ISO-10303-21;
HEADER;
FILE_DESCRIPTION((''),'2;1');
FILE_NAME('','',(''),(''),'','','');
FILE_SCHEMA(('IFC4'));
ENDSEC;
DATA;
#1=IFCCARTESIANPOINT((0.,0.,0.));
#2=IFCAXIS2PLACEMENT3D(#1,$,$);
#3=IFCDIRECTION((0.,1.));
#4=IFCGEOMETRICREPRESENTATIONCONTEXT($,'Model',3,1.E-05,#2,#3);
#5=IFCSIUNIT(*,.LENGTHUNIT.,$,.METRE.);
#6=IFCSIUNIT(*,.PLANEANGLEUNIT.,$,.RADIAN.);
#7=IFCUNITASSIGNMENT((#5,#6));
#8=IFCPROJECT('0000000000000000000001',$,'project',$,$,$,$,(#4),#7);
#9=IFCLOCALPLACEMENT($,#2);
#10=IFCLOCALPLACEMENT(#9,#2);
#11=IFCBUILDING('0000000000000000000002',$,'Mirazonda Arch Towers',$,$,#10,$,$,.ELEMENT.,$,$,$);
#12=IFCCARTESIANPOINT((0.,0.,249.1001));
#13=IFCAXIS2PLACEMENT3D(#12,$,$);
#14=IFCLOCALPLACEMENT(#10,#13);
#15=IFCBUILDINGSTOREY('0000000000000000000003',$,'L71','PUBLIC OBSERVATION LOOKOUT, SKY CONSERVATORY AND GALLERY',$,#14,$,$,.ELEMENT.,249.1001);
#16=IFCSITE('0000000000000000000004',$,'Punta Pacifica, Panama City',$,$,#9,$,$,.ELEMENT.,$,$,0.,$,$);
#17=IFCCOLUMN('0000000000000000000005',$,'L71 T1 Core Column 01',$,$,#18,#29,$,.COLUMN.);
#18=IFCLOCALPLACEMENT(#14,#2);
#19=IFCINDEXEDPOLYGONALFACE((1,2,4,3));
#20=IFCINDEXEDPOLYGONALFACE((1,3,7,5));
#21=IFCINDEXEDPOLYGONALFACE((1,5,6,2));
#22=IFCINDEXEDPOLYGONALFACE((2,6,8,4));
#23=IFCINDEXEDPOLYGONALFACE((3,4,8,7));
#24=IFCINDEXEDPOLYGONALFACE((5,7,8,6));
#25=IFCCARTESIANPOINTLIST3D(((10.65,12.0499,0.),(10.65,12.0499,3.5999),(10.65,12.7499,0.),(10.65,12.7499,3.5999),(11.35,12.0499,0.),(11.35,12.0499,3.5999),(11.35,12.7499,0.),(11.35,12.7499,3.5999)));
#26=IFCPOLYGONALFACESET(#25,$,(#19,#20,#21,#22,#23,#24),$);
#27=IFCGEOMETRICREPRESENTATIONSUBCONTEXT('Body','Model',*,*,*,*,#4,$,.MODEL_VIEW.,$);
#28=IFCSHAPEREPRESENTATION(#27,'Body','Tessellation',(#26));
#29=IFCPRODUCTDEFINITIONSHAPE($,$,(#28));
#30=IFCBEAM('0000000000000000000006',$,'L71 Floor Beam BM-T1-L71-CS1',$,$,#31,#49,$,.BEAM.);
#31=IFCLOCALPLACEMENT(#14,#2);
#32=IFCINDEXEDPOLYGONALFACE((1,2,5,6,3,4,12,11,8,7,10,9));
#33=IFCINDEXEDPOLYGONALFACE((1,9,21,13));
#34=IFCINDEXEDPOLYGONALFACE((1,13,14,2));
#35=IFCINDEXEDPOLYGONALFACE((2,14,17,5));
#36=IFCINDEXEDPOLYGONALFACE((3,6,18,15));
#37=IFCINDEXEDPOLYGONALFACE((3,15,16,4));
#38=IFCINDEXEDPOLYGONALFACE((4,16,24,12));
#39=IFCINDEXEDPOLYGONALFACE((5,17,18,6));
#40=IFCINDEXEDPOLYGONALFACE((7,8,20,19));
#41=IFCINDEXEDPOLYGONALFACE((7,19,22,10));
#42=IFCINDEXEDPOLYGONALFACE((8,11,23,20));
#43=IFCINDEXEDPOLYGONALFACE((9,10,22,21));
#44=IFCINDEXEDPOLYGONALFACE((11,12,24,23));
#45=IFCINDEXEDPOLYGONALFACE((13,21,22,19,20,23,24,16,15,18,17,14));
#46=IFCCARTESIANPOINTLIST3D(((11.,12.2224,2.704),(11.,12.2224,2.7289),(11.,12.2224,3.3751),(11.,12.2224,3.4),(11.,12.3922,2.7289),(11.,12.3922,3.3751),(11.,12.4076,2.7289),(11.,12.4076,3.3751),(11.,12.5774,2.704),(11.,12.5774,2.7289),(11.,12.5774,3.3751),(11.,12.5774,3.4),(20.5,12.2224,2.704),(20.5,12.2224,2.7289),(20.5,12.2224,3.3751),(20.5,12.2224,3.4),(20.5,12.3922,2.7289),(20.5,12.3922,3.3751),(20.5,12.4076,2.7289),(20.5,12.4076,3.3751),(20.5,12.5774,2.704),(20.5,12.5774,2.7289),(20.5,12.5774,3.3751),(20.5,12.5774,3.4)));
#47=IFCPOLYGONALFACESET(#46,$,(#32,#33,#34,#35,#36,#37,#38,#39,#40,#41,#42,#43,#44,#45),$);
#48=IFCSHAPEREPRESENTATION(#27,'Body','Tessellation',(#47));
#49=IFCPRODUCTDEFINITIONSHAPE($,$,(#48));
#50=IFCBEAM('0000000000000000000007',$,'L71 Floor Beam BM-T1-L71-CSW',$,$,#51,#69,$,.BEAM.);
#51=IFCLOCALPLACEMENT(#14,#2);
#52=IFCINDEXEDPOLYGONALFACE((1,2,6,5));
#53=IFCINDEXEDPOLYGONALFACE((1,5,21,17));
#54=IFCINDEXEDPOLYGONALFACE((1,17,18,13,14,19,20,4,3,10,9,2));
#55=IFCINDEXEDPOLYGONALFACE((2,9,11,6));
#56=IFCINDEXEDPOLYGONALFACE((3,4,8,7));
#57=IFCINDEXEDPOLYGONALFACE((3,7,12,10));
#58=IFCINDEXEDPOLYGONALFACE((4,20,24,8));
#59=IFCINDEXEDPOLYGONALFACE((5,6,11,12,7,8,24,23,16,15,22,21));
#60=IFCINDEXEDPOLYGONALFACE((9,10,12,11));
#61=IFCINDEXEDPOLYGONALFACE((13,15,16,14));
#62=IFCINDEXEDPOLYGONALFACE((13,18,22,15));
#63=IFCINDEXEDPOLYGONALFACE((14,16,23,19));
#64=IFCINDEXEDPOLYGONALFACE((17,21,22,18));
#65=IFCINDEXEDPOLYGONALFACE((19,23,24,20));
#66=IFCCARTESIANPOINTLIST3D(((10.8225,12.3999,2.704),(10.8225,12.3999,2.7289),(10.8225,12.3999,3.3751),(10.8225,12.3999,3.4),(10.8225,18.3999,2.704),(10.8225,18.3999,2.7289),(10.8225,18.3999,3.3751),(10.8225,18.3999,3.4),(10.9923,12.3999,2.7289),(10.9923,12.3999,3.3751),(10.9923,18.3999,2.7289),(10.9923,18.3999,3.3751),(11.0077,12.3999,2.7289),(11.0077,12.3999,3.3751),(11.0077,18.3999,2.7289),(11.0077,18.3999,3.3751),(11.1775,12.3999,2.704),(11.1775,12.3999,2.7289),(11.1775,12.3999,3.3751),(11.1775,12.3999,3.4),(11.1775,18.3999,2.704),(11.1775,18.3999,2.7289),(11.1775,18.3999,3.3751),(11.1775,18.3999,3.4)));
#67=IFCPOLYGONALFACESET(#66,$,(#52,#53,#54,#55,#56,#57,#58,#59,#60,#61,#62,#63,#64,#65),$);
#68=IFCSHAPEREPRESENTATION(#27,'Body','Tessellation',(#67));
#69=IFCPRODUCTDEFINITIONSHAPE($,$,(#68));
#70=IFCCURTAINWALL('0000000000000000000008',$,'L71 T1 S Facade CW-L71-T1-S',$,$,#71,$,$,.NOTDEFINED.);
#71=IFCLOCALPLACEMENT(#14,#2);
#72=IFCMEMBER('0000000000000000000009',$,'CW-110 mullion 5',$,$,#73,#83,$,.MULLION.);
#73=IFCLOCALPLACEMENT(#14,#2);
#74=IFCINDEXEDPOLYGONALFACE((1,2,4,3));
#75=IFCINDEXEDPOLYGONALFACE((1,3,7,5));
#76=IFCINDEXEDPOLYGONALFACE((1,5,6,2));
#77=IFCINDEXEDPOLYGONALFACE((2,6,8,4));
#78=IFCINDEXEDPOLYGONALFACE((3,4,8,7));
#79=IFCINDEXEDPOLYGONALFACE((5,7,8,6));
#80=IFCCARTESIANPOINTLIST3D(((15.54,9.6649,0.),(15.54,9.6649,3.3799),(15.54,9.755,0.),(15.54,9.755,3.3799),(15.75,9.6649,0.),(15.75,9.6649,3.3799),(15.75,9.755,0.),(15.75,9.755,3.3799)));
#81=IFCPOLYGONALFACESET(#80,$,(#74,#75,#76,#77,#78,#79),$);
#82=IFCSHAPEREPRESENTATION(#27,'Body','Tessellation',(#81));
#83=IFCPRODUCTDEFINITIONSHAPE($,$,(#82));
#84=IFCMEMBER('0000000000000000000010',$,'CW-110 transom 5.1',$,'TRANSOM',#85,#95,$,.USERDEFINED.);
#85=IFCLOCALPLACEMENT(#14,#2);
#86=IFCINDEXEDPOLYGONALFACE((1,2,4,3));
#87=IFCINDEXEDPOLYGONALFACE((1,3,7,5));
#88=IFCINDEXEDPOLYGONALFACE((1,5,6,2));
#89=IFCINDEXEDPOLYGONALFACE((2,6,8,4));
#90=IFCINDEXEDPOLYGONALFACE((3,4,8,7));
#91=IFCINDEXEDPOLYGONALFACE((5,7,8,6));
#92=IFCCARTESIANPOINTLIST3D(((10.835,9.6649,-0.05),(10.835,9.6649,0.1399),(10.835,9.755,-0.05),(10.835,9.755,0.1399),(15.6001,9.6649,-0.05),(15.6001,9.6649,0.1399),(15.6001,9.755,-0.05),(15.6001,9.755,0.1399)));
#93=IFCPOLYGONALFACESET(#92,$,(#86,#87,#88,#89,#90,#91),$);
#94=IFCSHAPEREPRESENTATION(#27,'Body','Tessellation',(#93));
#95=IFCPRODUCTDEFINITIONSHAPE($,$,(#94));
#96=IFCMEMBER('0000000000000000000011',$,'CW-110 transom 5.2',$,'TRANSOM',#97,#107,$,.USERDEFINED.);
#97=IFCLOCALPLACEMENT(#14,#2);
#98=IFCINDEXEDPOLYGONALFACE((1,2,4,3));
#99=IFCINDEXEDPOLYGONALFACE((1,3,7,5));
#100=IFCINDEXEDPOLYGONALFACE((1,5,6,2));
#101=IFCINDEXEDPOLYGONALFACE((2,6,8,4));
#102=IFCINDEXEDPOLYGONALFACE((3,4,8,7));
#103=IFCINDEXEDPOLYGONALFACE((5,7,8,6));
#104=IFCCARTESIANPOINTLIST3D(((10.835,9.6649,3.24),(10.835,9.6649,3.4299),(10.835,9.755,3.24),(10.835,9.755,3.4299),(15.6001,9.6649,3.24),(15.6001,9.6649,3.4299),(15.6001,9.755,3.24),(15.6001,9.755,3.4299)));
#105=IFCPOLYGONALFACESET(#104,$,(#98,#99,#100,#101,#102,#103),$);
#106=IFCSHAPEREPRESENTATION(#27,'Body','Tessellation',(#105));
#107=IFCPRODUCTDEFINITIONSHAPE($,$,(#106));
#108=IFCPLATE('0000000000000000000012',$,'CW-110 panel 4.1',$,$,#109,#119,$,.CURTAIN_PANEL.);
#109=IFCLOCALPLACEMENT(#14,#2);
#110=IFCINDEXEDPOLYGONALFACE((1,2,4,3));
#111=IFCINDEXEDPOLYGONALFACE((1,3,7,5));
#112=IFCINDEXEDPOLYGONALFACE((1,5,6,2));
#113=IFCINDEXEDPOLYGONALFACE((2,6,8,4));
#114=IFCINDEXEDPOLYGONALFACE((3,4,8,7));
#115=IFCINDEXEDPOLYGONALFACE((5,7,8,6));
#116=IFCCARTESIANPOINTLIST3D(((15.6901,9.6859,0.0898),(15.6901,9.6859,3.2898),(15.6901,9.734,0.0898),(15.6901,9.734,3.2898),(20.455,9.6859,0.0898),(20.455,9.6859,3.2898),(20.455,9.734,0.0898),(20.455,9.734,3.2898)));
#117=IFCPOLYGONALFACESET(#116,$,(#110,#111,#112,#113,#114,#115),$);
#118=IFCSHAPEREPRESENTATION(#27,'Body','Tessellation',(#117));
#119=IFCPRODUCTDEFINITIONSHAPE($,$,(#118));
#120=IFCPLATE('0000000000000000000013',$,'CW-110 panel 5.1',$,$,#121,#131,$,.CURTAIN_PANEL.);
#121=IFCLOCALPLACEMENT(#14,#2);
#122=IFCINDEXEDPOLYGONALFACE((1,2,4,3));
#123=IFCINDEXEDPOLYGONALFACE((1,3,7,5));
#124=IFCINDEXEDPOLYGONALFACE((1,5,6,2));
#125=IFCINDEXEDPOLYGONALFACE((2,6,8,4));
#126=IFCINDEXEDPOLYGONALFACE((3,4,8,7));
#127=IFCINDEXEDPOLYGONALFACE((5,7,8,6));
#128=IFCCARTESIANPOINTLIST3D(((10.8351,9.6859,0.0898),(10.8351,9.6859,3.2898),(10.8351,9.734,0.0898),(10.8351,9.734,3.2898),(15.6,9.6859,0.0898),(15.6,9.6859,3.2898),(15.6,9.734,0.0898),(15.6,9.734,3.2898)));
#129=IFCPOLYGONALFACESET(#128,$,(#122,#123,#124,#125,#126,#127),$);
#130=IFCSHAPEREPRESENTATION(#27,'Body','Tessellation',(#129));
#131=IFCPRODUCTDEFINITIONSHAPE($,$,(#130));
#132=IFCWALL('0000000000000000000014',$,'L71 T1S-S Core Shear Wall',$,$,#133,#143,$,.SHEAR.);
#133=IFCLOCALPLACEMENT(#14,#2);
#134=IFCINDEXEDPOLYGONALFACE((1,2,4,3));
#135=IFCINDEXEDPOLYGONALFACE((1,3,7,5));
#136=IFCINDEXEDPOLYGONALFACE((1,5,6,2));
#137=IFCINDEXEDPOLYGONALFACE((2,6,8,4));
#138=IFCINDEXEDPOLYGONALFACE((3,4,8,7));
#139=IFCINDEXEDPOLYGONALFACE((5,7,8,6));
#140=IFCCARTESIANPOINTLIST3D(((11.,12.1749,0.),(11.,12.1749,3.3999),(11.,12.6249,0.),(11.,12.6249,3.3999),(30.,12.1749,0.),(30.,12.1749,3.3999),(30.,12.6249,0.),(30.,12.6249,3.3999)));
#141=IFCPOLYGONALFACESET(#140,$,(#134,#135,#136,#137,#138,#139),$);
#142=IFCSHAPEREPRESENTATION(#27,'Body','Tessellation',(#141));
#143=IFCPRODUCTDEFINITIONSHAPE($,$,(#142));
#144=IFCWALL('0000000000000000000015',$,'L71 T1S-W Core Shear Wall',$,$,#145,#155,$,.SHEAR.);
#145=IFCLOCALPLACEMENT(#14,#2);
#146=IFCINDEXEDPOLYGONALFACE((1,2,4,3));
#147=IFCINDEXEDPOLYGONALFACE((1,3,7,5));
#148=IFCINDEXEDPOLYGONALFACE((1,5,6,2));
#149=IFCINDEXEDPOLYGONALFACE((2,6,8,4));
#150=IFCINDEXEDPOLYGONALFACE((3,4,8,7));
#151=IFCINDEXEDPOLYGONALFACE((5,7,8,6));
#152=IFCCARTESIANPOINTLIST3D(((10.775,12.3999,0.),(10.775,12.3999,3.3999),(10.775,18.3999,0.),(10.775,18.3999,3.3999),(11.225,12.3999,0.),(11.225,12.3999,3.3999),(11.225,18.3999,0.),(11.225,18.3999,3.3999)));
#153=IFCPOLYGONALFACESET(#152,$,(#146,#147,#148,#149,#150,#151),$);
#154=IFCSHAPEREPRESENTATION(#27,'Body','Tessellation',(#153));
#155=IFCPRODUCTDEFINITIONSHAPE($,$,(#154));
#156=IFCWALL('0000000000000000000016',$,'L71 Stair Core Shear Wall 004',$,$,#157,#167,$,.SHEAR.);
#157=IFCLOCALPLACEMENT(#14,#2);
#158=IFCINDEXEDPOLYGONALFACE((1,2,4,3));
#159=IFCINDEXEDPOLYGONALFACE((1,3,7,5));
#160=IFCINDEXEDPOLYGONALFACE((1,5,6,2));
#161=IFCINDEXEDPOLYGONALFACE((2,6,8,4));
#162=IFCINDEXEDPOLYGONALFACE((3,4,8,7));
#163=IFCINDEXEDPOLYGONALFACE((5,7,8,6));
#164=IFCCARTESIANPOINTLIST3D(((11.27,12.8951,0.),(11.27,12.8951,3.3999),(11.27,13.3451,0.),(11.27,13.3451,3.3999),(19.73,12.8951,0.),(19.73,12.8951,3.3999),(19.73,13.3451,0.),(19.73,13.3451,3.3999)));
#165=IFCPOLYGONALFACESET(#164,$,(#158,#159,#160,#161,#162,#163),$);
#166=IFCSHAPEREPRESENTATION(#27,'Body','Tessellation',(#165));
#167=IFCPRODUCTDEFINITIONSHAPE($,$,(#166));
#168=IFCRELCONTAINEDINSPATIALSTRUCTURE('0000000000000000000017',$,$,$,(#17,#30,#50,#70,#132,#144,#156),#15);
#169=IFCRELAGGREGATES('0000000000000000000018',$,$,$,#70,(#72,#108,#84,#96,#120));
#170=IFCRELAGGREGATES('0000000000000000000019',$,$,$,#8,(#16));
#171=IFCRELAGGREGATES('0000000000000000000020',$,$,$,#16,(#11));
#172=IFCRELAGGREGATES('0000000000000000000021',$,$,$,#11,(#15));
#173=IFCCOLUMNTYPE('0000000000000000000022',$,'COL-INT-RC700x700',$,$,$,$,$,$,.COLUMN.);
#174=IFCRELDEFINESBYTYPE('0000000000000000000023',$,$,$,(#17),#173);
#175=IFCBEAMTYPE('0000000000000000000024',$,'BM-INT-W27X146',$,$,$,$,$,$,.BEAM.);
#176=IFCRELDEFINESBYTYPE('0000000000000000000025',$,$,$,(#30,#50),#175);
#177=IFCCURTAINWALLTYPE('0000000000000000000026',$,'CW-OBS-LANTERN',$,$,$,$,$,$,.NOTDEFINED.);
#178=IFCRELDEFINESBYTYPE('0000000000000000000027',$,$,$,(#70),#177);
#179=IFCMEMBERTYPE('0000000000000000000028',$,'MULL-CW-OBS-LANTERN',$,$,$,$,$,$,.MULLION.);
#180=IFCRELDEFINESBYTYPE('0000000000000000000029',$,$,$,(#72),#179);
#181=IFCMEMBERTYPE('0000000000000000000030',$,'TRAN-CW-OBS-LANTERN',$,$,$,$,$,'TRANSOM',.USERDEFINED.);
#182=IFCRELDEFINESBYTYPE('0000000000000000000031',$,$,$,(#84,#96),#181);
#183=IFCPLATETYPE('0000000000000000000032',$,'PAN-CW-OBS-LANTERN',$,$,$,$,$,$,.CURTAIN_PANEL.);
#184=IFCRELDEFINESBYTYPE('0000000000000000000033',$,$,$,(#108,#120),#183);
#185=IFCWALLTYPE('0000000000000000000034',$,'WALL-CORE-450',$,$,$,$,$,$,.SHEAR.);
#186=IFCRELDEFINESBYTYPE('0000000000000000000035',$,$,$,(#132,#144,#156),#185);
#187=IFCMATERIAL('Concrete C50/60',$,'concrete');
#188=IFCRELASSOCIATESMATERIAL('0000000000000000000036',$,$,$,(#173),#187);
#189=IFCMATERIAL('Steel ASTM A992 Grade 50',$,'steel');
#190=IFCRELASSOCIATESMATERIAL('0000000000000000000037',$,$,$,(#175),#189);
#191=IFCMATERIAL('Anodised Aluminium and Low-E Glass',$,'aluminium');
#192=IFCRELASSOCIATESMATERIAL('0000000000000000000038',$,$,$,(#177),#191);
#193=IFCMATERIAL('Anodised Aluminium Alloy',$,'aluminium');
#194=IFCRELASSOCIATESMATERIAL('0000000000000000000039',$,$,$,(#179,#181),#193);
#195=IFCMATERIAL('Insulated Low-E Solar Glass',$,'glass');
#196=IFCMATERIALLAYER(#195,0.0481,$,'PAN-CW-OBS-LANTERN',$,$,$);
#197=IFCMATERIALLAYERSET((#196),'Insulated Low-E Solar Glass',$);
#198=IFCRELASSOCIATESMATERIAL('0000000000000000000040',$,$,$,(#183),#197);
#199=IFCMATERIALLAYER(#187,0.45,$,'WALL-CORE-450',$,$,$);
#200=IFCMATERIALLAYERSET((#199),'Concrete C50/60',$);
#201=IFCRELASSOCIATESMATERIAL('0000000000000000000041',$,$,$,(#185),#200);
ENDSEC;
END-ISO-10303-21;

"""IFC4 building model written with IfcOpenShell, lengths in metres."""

from ifc_helpers import new_model, si_unit, direction, frame, frame_2d, origin, origin_2d, place, context, subcontext, project, spatial, rectangle, i_section, extrude, material, layer, layer_set, material_profile, profile_set, type_object, element, aggregate, save


model = new_model("IFC4")

# Units and contexts
model_context = context("Model", 3, precision=1e-05, world=origin(), true_north=direction((0.0, 1.0)))
body_context = subcontext(model_context, "Body", "Model", "MODEL_VIEW")
ifc_project = project(units=[si_unit("LENGTHUNIT", "METRE"), si_unit("PLANEANGLEUNIT", "RADIAN")], contexts=[model_context])

# Site, building, storey
site_placement = place(None, origin())
site = spatial("IfcSite", under=ifc_project, at=site_placement, Name="Punta Pacifica, Panama City", CompositionType="ELEMENT", RefElevation=0.0)
building_placement = place(site_placement, origin())
building = spatial("IfcBuilding", under=site, at=building_placement, Name="Mirazonda Arch Towers", CompositionType="ELEMENT")
storey_placement = place(building_placement, frame((0.0, 0.0, 249.1001)))
storey = spatial("IfcBuildingStorey", under=building, at=storey_placement, Name="L71", Description="PUBLIC OBSERVATION LOOKOUT, SKY CONSERVATORY AND GALLERY", CompositionType="ELEMENT", Elevation=249.1001)

# Column
ifc_material_1 = material(Name="Concrete C50/60", Category="concrete")
ifc_material_profile_1 = material_profile(ifc_material_1, rectangle(XDim=0.7, YDim=0.7, at=origin_2d()), Name="RC700x700")
ifc_profile_set_1 = profile_set([ifc_material_profile_1], Name="Concrete C50/60")
column_type = type_object("IfcColumnType", Name="COL-INT-RC700x700", PredefinedType="COLUMN", material=ifc_profile_set_1)
column_placement = place(storey_placement, frame((11.0, 12.3999, 0.0), z_axis=(0.0, 0.0, 1.0), x_axis=(1.0, 0.0, 0.0)))
element("IfcColumn", 1, at=column_placement, inside=storey, type_object=column_type, Name="L71 T1 Core Column 01", PredefinedType="COLUMN", context=body_context, shape_type="SweptSolid", body=[
    extrude(rectangle(XDim=0.7, YDim=0.7, at=origin_2d()), origin(), (0.0, 0.0, 1.0), 3.5999),
])

# Beams
ifc_material_2 = material(Name="Steel ASTM A992 Grade 50", Category="steel")
ifc_material_profile_2 = material_profile(ifc_material_2, i_section(OverallWidth=0.355, OverallDepth=0.696, WebThickness=0.0154, FlangeThickness=0.0249, at=origin_2d()), Name="W27X146")
ifc_profile_set_2 = profile_set([ifc_material_profile_2], Name="Steel ASTM A992 Grade 50")
beam_type = type_object("IfcBeamType", Name="BM-INT-W27X146", PredefinedType="BEAM", material=ifc_profile_set_2)
beam_1_placement = place(storey_placement, frame((11.0, 12.3999, 3.052), z_axis=(1.0, 0.0, 0.0), x_axis=(0.0, 1.0, 0.0)))
element("IfcBeam", 2, at=beam_1_placement, inside=storey, type_object=beam_type, Name="L71 Floor Beam BM-T1-L71-CS1", PredefinedType="BEAM", context=body_context, shape_type="SweptSolid", body=[
    extrude(i_section(OverallWidth=0.355, OverallDepth=0.696, WebThickness=0.0154, FlangeThickness=0.0249, at=origin_2d()), origin(), (0.0, 0.0, 1.0), 9.5),
])
beam_2_placement = place(storey_placement, frame((11.0, 12.3999, 3.052), z_axis=(0.0, 1.0, 0.0), x_axis=(-1.0, 0.0, 0.0)))
element("IfcBeam", 3, at=beam_2_placement, inside=storey, type_object=beam_type, Name="L71 Floor Beam BM-T1-L71-CSW", PredefinedType="BEAM", context=body_context, shape_type="SweptSolid", body=[
    extrude(i_section(OverallWidth=0.355, OverallDepth=0.696, WebThickness=0.0154, FlangeThickness=0.0249, at=origin_2d()), origin(), (0.0, 0.0, 1.0), 6.0),
])

# Curtain wall, members, plates
ifc_material_3 = material(Name="Anodised Aluminium and Low-E Glass", Category="aluminium")
curtain_wall_type = type_object("IfcCurtainWallType", Name="CW-OBS-LANTERN", PredefinedType="NOTDEFINED", material=ifc_material_3)
curtain_wall_placement = place(storey_placement, origin())
curtain_wall = element("IfcCurtainWall", 4, at=curtain_wall_placement, inside=storey, type_object=curtain_wall_type, Name="L71 T1 S Facade CW-L71-T1-S", PredefinedType="NOTDEFINED")
ifc_material_4 = material(Name="Anodised Aluminium Alloy", Category="aluminium")
ifc_material_profile_3 = material_profile(ifc_material_4, rectangle(XDim=0.0901, YDim=0.21, at=origin_2d()), Name="ALU-MULL-90x210")
ifc_profile_set_3 = profile_set([ifc_material_profile_3], Name="Anodised Aluminium Alloy")
member_type_1 = type_object("IfcMemberType", Name="MULL-CW-OBS-LANTERN", PredefinedType="MULLION", material=ifc_profile_set_3)
member_1_placement = place(storey_placement, frame((15.645, 9.71, 0.0), z_axis=(0.0, 0.0, 1.0), x_axis=(0.0, -1.0, 0.0)))
member_1 = element("IfcMember", 5, at=member_1_placement, type_object=member_type_1, Name="CW-110 mullion 5", PredefinedType="MULLION", context=body_context, shape_type="SweptSolid", body=[
    extrude(rectangle(XDim=0.0901, YDim=0.21, at=origin_2d()), origin(), (0.0, 0.0, 1.0), 3.3799),
])
ifc_material_profile_4 = material_profile(ifc_material_4, rectangle(XDim=0.0901, YDim=0.1899, at=origin_2d()), Name="ALU-TRAN-90x190")
ifc_profile_set_4 = profile_set([ifc_material_profile_4], Name="Anodised Aluminium Alloy")
member_type_2 = type_object("IfcMemberType", Name="TRAN-CW-OBS-LANTERN", ElementType="TRANSOM", PredefinedType="USERDEFINED", material=ifc_profile_set_4)
member_2_placement = place(storey_placement, frame((15.6001, 9.71, 0.0449), z_axis=(-1.0, 0.0, 0.0), x_axis=(0.0, -1.0, 0.0)))
member_2 = element("IfcMember", 6, at=member_2_placement, type_object=member_type_2, Name="CW-110 transom 5.1", ObjectType="TRANSOM", PredefinedType="USERDEFINED", context=body_context, shape_type="SweptSolid", body=[
    extrude(rectangle(XDim=0.0901, YDim=0.1899, at=origin_2d()), origin(), (0.0, 0.0, 1.0), 4.7651),
])
member_3_placement = place(storey_placement, frame((15.6001, 9.71, 3.335), z_axis=(-1.0, 0.0, 0.0), x_axis=(0.0, -1.0, 0.0)))
member_3 = element("IfcMember", 7, at=member_3_placement, type_object=member_type_2, Name="CW-110 transom 5.2", ObjectType="TRANSOM", PredefinedType="USERDEFINED", context=body_context, shape_type="SweptSolid", body=[
    extrude(rectangle(XDim=0.0901, YDim=0.1899, at=origin_2d()), origin(), (0.0, 0.0, 1.0), 4.7651),
])
ifc_material_5 = material(Name="Insulated Low-E Solar Glass", Category="glass")
ifc_layer_1 = layer(ifc_material_5, 0.0481, Name="PAN-CW-OBS-LANTERN")
ifc_layer_set_1 = layer_set([ifc_layer_1], Name="Insulated Low-E Solar Glass")
plate_type = type_object("IfcPlateType", Name="PAN-CW-OBS-LANTERN", PredefinedType="CURTAIN_PANEL", material=ifc_layer_set_1)
plate_1_placement = place(storey_placement, frame((18.0725, 9.71, 0.0898), z_axis=(0.0, 0.0, 1.0), x_axis=(-1.0, 0.0, 0.0)))
plate_1 = element("IfcPlate", 8, at=plate_1_placement, type_object=plate_type, Name="CW-110 panel 4.1", PredefinedType="CURTAIN_PANEL", context=body_context, shape_type="SweptSolid", body=[
    extrude(rectangle(XDim=4.7649, YDim=0.0481, at=origin_2d()), origin(), (0.0, 0.0, 1.0), 3.2),
])
plate_2_placement = place(storey_placement, frame((13.2175, 9.71, 0.0898), z_axis=(0.0, 0.0, 1.0), x_axis=(-1.0, 0.0, 0.0)))
plate_2 = element("IfcPlate", 9, at=plate_2_placement, type_object=plate_type, Name="CW-110 panel 5.1", PredefinedType="CURTAIN_PANEL", context=body_context, shape_type="SweptSolid", body=[
    extrude(rectangle(XDim=4.7649, YDim=0.0481, at=origin_2d()), origin(), (0.0, 0.0, 1.0), 3.2),
])
aggregate(curtain_wall, [member_1, plate_1, member_2, member_3, plate_2])

# Walls
ifc_layer_2 = layer(ifc_material_1, 0.45, Name="WALL-CORE-450")
ifc_layer_set_2 = layer_set([ifc_layer_2], Name="Concrete C50/60")
wall_type = type_object("IfcWallType", Name="WALL-CORE-450", PredefinedType="SHEAR", material=ifc_layer_set_2)
wall_1_placement = place(storey_placement, frame((11.0, 12.3999, 0.0), z_axis=(0.0, 0.0, 1.0), x_axis=(1.0, 0.0, 0.0)))
element("IfcWall", 10, at=wall_1_placement, inside=storey, type_object=wall_type, Name="L71 T1S-S Core Shear Wall", PredefinedType="SHEAR", context=body_context, shape_type="SweptSolid", body=[
    extrude(rectangle(XDim=19.0, YDim=0.45, at=frame_2d((9.5, 0.0))), origin(), (0.0, 0.0, 1.0), 3.3999),
])
wall_2_placement = place(storey_placement, frame((11.0, 12.3999, 0.0), z_axis=(0.0, 0.0, 1.0), x_axis=(0.0, 1.0, 0.0)))
element("IfcWall", 11, at=wall_2_placement, inside=storey, type_object=wall_type, Name="L71 T1S-W Core Shear Wall", PredefinedType="SHEAR", context=body_context, shape_type="SweptSolid", body=[
    extrude(rectangle(XDim=6.0, YDim=0.45, at=frame_2d((3.0, 0.0))), origin(), (0.0, 0.0, 1.0), 3.3999),
])
wall_3_placement = place(storey_placement, frame((11.27, 13.1201, 0.0), z_axis=(0.0, 0.0, 1.0), x_axis=(1.0, 0.0, 0.0)))
element("IfcWall", 12, at=wall_3_placement, inside=storey, type_object=wall_type, Name="L71 Stair Core Shear Wall 004", PredefinedType="SHEAR", context=body_context, shape_type="SweptSolid", body=[
    extrude(rectangle(XDim=8.46, YDim=0.45, at=frame_2d((4.23, 0.0))), origin(), (0.0, 0.0, 1.0), 3.3999),
])

save(model, "model.ifc")
